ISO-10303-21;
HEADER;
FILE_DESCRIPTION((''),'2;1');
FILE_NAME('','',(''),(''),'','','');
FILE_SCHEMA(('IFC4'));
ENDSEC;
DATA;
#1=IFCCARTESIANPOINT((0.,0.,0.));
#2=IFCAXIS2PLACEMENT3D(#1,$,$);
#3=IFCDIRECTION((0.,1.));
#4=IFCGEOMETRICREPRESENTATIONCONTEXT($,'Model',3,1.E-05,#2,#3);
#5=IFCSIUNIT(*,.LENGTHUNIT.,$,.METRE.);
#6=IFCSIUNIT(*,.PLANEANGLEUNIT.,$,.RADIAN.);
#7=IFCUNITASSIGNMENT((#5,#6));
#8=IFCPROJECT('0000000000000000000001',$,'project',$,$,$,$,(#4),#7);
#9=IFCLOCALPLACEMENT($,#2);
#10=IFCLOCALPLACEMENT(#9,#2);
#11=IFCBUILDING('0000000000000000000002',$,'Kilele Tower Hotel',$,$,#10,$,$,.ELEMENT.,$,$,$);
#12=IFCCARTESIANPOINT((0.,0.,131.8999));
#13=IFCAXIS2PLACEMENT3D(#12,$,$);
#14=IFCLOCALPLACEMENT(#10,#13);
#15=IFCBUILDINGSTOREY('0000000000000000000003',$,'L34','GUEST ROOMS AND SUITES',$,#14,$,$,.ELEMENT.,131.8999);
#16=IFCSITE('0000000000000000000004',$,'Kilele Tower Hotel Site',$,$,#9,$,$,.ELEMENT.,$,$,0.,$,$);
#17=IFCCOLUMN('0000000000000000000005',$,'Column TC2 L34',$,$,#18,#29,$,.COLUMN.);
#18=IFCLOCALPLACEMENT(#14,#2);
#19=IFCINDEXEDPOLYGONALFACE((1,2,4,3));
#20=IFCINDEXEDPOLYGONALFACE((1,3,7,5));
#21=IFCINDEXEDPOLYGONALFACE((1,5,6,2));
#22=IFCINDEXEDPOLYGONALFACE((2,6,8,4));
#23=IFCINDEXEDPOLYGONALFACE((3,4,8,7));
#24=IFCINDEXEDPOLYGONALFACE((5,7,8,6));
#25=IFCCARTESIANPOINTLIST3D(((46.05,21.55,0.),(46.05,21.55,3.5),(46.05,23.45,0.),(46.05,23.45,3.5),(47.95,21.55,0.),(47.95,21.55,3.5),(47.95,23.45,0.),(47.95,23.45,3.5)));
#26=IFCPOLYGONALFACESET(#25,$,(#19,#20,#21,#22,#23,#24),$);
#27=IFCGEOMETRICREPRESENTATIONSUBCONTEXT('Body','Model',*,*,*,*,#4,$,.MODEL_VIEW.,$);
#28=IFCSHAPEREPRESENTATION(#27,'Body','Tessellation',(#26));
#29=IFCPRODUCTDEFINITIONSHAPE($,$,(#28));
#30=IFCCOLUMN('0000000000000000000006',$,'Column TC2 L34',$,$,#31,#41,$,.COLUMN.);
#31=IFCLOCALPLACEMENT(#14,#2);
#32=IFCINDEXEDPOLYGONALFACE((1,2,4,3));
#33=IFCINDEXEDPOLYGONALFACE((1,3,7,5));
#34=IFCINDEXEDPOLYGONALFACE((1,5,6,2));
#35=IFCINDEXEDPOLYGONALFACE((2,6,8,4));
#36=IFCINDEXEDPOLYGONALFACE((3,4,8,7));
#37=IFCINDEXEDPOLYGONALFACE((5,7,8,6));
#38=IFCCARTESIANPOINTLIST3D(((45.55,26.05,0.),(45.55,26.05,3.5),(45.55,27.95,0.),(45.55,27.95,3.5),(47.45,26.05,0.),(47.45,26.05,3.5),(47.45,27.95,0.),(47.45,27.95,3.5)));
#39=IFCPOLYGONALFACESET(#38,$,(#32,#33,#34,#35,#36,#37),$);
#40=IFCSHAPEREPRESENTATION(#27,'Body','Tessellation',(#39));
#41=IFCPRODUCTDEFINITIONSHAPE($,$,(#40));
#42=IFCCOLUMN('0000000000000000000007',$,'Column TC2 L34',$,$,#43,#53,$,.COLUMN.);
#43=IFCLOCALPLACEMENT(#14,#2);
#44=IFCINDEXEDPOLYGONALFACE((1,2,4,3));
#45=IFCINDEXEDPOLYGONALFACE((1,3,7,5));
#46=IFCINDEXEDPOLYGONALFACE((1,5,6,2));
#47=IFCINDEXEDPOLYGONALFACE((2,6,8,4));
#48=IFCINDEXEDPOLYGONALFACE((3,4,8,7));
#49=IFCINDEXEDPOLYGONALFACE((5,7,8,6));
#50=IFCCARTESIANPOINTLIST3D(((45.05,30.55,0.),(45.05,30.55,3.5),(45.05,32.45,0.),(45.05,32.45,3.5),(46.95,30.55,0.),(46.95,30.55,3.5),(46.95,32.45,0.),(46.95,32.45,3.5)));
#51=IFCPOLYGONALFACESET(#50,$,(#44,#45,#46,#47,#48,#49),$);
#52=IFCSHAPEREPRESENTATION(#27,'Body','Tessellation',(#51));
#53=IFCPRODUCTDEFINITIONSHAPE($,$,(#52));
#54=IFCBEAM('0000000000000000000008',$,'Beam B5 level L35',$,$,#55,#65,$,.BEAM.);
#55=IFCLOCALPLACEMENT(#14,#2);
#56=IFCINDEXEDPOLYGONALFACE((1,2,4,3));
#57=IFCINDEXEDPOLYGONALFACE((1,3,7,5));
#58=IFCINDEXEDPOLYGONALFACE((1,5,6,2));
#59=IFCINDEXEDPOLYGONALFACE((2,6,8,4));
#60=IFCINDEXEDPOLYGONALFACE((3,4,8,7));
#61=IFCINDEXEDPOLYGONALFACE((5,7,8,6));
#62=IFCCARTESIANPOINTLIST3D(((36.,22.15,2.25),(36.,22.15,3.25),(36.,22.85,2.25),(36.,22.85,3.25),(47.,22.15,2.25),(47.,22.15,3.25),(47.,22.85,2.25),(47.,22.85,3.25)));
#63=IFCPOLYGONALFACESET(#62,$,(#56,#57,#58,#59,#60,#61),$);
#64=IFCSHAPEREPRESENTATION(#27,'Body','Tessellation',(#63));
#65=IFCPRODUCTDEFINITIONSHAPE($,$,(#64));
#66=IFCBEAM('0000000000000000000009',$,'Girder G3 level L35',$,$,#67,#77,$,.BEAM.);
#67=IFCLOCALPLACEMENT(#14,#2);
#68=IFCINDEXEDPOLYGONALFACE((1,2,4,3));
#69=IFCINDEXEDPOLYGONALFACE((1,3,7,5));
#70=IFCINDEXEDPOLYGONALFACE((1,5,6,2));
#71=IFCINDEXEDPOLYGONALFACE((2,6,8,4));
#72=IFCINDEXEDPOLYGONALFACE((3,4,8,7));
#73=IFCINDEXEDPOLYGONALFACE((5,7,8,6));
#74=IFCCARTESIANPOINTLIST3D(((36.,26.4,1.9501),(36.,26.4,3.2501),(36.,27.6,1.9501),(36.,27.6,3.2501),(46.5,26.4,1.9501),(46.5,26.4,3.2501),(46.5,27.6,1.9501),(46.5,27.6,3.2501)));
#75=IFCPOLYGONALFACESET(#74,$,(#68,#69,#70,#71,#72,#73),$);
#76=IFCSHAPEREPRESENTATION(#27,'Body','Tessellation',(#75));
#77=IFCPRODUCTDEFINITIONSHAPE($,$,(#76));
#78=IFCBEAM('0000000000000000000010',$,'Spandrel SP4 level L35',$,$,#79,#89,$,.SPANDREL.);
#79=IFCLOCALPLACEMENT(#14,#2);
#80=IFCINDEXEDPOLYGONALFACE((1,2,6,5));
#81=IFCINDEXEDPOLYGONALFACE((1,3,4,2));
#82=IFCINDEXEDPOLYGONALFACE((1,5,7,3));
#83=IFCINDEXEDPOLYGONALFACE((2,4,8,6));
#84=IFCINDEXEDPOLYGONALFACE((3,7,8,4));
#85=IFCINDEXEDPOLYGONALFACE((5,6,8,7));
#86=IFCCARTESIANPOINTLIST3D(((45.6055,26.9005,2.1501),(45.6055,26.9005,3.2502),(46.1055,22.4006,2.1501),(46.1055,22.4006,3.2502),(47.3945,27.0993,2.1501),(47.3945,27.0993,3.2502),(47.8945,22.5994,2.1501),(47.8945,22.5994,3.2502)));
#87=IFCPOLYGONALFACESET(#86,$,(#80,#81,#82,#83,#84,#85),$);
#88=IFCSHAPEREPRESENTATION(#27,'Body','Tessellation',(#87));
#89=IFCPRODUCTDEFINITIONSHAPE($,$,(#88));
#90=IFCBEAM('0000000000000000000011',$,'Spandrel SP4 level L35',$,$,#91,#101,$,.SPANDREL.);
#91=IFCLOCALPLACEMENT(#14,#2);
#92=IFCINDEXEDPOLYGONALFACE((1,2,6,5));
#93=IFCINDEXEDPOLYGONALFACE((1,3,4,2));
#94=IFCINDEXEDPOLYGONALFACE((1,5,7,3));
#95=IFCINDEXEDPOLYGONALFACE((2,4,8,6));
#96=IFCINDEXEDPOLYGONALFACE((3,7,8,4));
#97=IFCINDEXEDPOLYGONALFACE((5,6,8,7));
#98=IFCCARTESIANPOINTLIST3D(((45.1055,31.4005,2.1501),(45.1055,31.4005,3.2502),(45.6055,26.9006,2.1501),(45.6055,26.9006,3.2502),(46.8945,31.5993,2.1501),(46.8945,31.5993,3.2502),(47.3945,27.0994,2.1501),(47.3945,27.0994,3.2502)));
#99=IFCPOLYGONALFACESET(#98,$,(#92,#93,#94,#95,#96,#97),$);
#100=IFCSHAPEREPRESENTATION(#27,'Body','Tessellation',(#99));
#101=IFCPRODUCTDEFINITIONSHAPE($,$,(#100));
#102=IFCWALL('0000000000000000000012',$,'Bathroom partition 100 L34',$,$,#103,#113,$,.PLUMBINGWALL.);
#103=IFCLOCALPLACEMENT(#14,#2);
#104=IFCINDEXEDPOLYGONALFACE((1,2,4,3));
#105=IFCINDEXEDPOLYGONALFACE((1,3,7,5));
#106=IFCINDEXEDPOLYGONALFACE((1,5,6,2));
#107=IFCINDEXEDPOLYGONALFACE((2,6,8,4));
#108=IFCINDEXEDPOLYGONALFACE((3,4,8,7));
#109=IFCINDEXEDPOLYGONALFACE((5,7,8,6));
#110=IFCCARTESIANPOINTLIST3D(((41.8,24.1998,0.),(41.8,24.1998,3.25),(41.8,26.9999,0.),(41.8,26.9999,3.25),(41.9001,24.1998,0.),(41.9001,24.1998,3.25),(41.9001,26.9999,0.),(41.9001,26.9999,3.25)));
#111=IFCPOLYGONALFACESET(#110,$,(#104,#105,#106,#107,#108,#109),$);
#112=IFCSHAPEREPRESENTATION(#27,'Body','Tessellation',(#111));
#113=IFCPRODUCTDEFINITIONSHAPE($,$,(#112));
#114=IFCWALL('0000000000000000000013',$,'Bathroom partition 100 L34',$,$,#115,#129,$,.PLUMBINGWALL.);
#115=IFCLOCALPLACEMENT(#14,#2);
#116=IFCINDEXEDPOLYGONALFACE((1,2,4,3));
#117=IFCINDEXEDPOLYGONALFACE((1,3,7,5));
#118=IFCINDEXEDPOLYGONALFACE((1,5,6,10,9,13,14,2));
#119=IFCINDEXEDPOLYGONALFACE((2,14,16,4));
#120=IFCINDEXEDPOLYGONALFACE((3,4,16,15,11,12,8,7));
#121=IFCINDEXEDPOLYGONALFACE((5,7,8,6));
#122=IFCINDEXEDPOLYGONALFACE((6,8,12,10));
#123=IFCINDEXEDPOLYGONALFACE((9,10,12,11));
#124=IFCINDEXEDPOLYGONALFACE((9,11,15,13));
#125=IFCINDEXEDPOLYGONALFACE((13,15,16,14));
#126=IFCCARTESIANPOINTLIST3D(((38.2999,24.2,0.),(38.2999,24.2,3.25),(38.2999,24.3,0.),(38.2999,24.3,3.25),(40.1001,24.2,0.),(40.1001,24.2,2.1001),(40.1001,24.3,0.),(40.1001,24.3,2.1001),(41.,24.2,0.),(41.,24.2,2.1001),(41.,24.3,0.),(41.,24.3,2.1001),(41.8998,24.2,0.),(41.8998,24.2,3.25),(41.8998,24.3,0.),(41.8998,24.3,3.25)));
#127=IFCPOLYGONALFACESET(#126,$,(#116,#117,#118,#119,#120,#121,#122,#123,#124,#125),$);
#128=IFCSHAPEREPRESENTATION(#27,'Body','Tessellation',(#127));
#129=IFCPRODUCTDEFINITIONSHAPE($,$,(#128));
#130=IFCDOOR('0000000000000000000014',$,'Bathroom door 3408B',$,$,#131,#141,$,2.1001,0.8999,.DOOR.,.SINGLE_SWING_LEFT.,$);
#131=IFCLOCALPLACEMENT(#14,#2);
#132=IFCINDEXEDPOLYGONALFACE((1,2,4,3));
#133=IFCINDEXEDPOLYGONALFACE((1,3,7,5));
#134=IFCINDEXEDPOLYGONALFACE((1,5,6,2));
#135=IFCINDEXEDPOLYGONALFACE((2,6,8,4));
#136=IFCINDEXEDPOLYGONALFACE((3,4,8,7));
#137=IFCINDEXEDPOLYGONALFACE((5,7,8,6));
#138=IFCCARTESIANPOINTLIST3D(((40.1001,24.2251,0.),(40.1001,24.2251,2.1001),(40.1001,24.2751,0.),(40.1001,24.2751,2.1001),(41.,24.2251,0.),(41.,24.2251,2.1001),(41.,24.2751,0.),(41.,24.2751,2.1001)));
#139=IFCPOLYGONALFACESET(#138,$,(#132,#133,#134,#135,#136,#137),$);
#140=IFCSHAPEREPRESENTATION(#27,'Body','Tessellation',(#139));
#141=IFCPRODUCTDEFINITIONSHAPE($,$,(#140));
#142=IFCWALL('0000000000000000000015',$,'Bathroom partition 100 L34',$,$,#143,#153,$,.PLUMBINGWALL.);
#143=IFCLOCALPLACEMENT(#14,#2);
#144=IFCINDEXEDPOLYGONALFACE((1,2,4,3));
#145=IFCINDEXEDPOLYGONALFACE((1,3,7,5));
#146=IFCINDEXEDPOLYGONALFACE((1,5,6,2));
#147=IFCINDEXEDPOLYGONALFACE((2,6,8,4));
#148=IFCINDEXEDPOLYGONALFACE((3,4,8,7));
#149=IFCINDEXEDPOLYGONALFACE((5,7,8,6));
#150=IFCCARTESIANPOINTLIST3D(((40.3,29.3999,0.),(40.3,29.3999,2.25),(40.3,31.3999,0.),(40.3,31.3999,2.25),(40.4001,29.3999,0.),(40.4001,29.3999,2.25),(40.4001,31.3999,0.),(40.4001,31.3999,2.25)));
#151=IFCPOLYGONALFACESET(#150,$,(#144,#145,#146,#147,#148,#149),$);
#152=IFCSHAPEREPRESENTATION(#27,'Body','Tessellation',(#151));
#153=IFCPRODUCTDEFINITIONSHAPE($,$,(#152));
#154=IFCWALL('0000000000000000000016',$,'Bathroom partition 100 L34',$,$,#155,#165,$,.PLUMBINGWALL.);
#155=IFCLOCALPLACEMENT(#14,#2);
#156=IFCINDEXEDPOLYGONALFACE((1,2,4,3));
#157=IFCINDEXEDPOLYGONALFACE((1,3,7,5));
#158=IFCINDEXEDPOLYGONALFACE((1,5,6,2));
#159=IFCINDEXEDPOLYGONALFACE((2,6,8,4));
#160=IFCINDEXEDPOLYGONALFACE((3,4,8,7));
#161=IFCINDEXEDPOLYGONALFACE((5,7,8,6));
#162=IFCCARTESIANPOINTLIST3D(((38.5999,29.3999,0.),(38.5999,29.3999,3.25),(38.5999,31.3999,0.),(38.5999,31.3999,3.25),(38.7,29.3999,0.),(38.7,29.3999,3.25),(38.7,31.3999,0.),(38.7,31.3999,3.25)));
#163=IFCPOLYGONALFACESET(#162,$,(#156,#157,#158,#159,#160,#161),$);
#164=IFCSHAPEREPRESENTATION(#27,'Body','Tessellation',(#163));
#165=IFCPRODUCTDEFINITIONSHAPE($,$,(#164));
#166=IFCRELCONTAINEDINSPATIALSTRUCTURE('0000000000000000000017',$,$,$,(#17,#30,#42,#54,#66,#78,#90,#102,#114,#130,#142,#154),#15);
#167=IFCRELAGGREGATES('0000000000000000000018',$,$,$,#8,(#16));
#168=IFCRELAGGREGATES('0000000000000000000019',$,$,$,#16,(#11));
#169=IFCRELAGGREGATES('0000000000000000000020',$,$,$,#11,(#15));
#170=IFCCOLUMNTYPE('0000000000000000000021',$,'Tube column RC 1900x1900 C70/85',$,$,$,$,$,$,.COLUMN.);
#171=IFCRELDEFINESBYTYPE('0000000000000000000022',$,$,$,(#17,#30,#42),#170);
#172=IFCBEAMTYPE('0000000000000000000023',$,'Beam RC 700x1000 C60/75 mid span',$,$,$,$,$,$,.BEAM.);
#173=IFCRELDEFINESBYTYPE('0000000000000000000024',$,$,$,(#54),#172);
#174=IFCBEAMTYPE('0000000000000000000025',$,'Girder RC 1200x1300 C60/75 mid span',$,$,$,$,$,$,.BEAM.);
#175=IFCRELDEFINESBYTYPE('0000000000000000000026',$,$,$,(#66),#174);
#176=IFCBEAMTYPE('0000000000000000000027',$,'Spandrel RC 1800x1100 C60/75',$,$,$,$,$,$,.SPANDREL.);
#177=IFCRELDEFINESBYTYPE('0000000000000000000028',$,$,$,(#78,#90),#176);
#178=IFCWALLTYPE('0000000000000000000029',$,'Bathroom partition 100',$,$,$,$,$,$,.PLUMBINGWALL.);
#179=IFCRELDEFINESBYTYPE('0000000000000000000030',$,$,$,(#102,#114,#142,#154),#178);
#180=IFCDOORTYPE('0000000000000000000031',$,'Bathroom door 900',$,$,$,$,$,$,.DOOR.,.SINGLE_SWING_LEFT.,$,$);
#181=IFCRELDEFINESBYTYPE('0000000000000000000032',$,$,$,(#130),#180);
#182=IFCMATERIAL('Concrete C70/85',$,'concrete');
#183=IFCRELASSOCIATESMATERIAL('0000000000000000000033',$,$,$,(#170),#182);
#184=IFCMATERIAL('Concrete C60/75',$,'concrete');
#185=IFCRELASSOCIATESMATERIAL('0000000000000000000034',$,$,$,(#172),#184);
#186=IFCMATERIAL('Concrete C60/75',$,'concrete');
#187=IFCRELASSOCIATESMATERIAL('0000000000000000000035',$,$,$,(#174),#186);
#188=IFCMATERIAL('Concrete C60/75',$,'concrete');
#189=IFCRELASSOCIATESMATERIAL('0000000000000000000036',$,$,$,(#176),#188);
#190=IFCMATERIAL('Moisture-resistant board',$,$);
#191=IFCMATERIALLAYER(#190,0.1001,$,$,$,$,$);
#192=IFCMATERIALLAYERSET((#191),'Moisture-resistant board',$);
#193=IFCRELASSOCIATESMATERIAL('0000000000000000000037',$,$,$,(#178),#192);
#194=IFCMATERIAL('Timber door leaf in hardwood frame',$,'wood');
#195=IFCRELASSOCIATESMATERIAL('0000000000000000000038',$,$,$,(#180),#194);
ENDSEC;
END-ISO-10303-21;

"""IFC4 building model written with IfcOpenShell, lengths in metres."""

from ifc_helpers import new_model, si_unit, direction, frame, frame_2d, origin, origin_2d, place, context, subcontext, project, spatial, rectangle, extrude, material, layer, layer_set, material_profile, profile_set, type_object, element, fill, save


model = new_model("IFC4")

# Units and contexts
model_context = context("Model", 3, precision=1e-05, world=origin(), true_north=direction((0.0, 1.0)))
body_context = subcontext(model_context, "Body", "Model", "MODEL_VIEW")
ifc_project = project(units=[si_unit("LENGTHUNIT", "METRE"), si_unit("PLANEANGLEUNIT", "RADIAN")], contexts=[model_context])

# Site, building, storey
site_placement = place(None, origin())
site = spatial("IfcSite", under=ifc_project, at=site_placement, Name="Kilele Tower Hotel Site", CompositionType="ELEMENT", RefElevation=0.0)
building_placement = place(site_placement, origin())
building = spatial("IfcBuilding", under=site, at=building_placement, Name="Kilele Tower Hotel", CompositionType="ELEMENT")
storey_placement = place(building_placement, frame((0.0, 0.0, 131.8999)))
storey = spatial("IfcBuildingStorey", under=building, at=storey_placement, Name="L34", Description="GUEST ROOMS AND SUITES", CompositionType="ELEMENT", Elevation=131.8999)

# Columns
ifc_material_1 = material(Name="Concrete C70/85", Category="concrete")
ifc_material_profile_1 = material_profile(ifc_material_1, rectangle(XDim=1.8999, YDim=1.8999, at=origin_2d()))
ifc_profile_set_1 = profile_set([ifc_material_profile_1], Name="Concrete C70/85")
column_type = type_object("IfcColumnType", Name="Tube column RC 1900x1900 C70/85", PredefinedType="COLUMN", material=ifc_profile_set_1)
for number, where, z_axis, x_axis, name in (
    (1, (47.0, 22.5, 0.0), (0.0, 0.0, 1.0), (1.0, 0.0, 0.0), "Column TC2 L34"),
    (2, (46.5, 27.0, 0.0), (0.0, 0.0, 1.0), (1.0, 0.0, 0.0), "Column TC2 L34"),
    (3, (46.0, 31.5, 0.0), (0.0, 0.0, 1.0), (1.0, 0.0, 0.0), "Column TC2 L34"),
):
    element("IfcColumn", number, at=place(storey_placement, frame(where, z_axis=z_axis, x_axis=x_axis)), inside=storey, type_object=column_type, Name=name, PredefinedType="COLUMN", context=body_context, shape_type="SweptSolid", body=[
        extrude(rectangle(XDim=1.8999, YDim=1.8999, at=origin_2d()), origin(), (0.0, 0.0, 1.0), 3.5),
    ])

# Beams
ifc_material_2 = material(Name="Concrete C60/75", Category="concrete")
ifc_material_profile_2 = material_profile(ifc_material_2, rectangle(XDim=0.7, YDim=1.0, at=origin_2d()))
ifc_profile_set_2 = profile_set([ifc_material_profile_2], Name="Concrete C60/75")
beam_type_1 = type_object("IfcBeamType", Name="Beam RC 700x1000 C60/75 mid span", PredefinedType="BEAM", material=ifc_profile_set_2)
beam_1_placement = place(storey_placement, frame((47.0, 22.5, 2.75), z_axis=(-1.0, 0.0, 0.0), x_axis=(0.0, -1.0, 0.0)))
element("IfcBeam", 4, at=beam_1_placement, inside=storey, type_object=beam_type_1, Name="Beam B5 level L35", PredefinedType="BEAM", context=body_context, shape_type="SweptSolid", body=[
    extrude(rectangle(XDim=0.7, YDim=1.0, at=origin_2d()), origin(), (0.0, 0.0, 1.0), 11.0),
])
ifc_material_3 = material(Name="Concrete C60/75", Category="concrete")
ifc_material_profile_3 = material_profile(ifc_material_3, rectangle(XDim=1.2, YDim=1.3, at=origin_2d()))
ifc_profile_set_3 = profile_set([ifc_material_profile_3], Name="Concrete C60/75")
beam_type_2 = type_object("IfcBeamType", Name="Girder RC 1200x1300 C60/75 mid span", PredefinedType="BEAM", material=ifc_profile_set_3)
beam_2_placement = place(storey_placement, frame((46.5, 27.0, 2.6001), z_axis=(-1.0, 0.0, 0.0), x_axis=(0.0, -1.0, 0.0)))
element("IfcBeam", 5, at=beam_2_placement, inside=storey, type_object=beam_type_2, Name="Girder G3 level L35", PredefinedType="BEAM", context=body_context, shape_type="SweptSolid", body=[
    extrude(rectangle(XDim=1.2, YDim=1.3, at=origin_2d()), origin(), (0.0, 0.0, 1.0), 10.5),
])
ifc_material_4 = material(Name="Concrete C60/75", Category="concrete")
ifc_material_profile_4 = material_profile(ifc_material_4, rectangle(XDim=1.8, YDim=1.1001, at=origin_2d()))
ifc_profile_set_4 = profile_set([ifc_material_profile_4], Name="Concrete C60/75")
beam_type_3 = type_object("IfcBeamType", Name="Spandrel RC 1800x1100 C60/75", PredefinedType="SPANDREL", material=ifc_profile_set_4)
for number, where, z_axis, x_axis, name in (
    (6, (47.0, 22.5, 2.7002), (-0.110432, 0.993884, 0.0), (-0.993884, -0.110432, 0.0), "Spandrel SP4 level L35"),
    (7, (46.5, 27.0, 2.7002), (-0.110432, 0.993884, 0.0), (-0.993884, -0.110432, 0.0), "Spandrel SP4 level L35"),
):
    element("IfcBeam", number, at=place(storey_placement, frame(where, z_axis=z_axis, x_axis=x_axis)), inside=storey, type_object=beam_type_3, Name=name, PredefinedType="SPANDREL", context=body_context, shape_type="SweptSolid", body=[
        extrude(rectangle(XDim=1.8, YDim=1.1001, at=origin_2d()), origin(), (0.0, 0.0, 1.0), 4.5276),
    ])

# Wall
ifc_material_5 = material(Name="Moisture-resistant board")
ifc_layer_1 = layer(ifc_material_5, 0.1001)
ifc_layer_set_1 = layer_set([ifc_layer_1], Name="Moisture-resistant board")
wall_type_1 = type_object("IfcWallType", Name="Bathroom partition 100", PredefinedType="PLUMBINGWALL", material=ifc_layer_set_1)
wall_1_placement = place(storey_placement, frame((41.8501, 24.2, 0.0), z_axis=(0.0, 0.0, 1.0), x_axis=(0.0, 1.0, 0.0)))
element("IfcWall", 8, at=wall_1_placement, inside=storey, type_object=wall_type_1, Name="Bathroom partition 100 L34", PredefinedType="PLUMBINGWALL", context=body_context, shape_type="SweptSolid", body=[
    extrude(rectangle(XDim=2.8, YDim=0.1001, at=frame_2d((1.3999, 0.0))), origin(), (0.0, 0.0, 1.0), 3.25),
])

# Wall, opening, door
wall_2_placement = place(storey_placement, frame((38.3, 24.25, 0.0), z_axis=(0.0, 0.0, 1.0), x_axis=(1.0, 0.0, 0.0)))
wall_2 = element("IfcWall", 9, at=wall_2_placement, inside=storey, type_object=wall_type_1, Name="Bathroom partition 100 L34", PredefinedType="PLUMBINGWALL", context=body_context, shape_type="SweptSolid", body=[
    extrude(rectangle(XDim=3.5999, YDim=0.1001, at=frame_2d((1.7998, 0.0))), origin(), (0.0, 0.0, 1.0), 3.25),
])
opening_1_placement = place(wall_2_placement, frame((2.7, 0.0, 0.0), z_axis=(0.0, 0.0, 1.0), x_axis=(-1.0, 0.0, 0.0)))
opening_1 = element("IfcOpeningElement", 10, at=opening_1_placement, cuts=wall_2, PredefinedType="OPENING", context=body_context, shape_type="SweptSolid", body=[
    extrude(rectangle(XDim=0.8999, YDim=2.1001, at=frame_2d((0.45, 1.05))), frame((0.0, 0.0601, 0.0), z_axis=(0.0, -1.0, 0.0), x_axis=(1.0, 0.0, 0.0)), (0.0, 0.0, 1.0), 0.1201),
])
ifc_material_6 = material(Name="Timber door leaf in hardwood frame", Category="wood")
door_type_1 = type_object("IfcDoorType", Name="Bathroom door 900", OperationType="SINGLE_SWING_LEFT", PredefinedType="DOOR", material=ifc_material_6)
door_1_placement = place(opening_1_placement, origin())
door_1 = element("IfcDoor", 11, at=door_1_placement, inside=storey, type_object=door_type_1, Name="Bathroom door 3408B", OperationType="SINGLE_SWING_LEFT", OverallHeight=2.1001, OverallWidth=0.8999, PredefinedType="DOOR", context=body_context, shape_type="SweptSolid", body=[
    extrude(rectangle(XDim=0.8999, YDim=2.1001, at=frame_2d((0.45, 1.05))), frame((0.0, 0.0249, 0.0), z_axis=(0.0, -1.0, 0.0), x_axis=(1.0, 0.0, 0.0)), (0.0, 0.0, 1.0), 0.05),
])
fill(opening_1, door_1)

# Walls
wall_3_placement = place(storey_placement, frame((40.3501, 31.3999, 0.0), z_axis=(0.0, 0.0, 1.0), x_axis=(0.0, -1.0, 0.0)))
element("IfcWall", 12, at=wall_3_placement, inside=storey, type_object=wall_type_1, Name="Bathroom partition 100 L34", PredefinedType="PLUMBINGWALL", context=body_context, shape_type="SweptSolid", body=[
    extrude(rectangle(XDim=2.0, YDim=0.1001, at=frame_2d((1.0, 0.0))), origin(), (0.0, 0.0, 1.0), 2.25),
])
wall_4_placement = place(storey_placement, frame((38.6499, 31.3999, 0.0), z_axis=(0.0, 0.0, 1.0), x_axis=(0.0, -1.0, 0.0)))
element("IfcWall", 13, at=wall_4_placement, inside=storey, type_object=wall_type_1, Name="Bathroom partition 100 L34", PredefinedType="PLUMBINGWALL", context=body_context, shape_type="SweptSolid", body=[
    extrude(rectangle(XDim=2.0, YDim=0.1001, at=frame_2d((1.0, 0.0))), origin(), (0.0, 0.0, 1.0), 3.25),
])

save(model, "model.ifc")
